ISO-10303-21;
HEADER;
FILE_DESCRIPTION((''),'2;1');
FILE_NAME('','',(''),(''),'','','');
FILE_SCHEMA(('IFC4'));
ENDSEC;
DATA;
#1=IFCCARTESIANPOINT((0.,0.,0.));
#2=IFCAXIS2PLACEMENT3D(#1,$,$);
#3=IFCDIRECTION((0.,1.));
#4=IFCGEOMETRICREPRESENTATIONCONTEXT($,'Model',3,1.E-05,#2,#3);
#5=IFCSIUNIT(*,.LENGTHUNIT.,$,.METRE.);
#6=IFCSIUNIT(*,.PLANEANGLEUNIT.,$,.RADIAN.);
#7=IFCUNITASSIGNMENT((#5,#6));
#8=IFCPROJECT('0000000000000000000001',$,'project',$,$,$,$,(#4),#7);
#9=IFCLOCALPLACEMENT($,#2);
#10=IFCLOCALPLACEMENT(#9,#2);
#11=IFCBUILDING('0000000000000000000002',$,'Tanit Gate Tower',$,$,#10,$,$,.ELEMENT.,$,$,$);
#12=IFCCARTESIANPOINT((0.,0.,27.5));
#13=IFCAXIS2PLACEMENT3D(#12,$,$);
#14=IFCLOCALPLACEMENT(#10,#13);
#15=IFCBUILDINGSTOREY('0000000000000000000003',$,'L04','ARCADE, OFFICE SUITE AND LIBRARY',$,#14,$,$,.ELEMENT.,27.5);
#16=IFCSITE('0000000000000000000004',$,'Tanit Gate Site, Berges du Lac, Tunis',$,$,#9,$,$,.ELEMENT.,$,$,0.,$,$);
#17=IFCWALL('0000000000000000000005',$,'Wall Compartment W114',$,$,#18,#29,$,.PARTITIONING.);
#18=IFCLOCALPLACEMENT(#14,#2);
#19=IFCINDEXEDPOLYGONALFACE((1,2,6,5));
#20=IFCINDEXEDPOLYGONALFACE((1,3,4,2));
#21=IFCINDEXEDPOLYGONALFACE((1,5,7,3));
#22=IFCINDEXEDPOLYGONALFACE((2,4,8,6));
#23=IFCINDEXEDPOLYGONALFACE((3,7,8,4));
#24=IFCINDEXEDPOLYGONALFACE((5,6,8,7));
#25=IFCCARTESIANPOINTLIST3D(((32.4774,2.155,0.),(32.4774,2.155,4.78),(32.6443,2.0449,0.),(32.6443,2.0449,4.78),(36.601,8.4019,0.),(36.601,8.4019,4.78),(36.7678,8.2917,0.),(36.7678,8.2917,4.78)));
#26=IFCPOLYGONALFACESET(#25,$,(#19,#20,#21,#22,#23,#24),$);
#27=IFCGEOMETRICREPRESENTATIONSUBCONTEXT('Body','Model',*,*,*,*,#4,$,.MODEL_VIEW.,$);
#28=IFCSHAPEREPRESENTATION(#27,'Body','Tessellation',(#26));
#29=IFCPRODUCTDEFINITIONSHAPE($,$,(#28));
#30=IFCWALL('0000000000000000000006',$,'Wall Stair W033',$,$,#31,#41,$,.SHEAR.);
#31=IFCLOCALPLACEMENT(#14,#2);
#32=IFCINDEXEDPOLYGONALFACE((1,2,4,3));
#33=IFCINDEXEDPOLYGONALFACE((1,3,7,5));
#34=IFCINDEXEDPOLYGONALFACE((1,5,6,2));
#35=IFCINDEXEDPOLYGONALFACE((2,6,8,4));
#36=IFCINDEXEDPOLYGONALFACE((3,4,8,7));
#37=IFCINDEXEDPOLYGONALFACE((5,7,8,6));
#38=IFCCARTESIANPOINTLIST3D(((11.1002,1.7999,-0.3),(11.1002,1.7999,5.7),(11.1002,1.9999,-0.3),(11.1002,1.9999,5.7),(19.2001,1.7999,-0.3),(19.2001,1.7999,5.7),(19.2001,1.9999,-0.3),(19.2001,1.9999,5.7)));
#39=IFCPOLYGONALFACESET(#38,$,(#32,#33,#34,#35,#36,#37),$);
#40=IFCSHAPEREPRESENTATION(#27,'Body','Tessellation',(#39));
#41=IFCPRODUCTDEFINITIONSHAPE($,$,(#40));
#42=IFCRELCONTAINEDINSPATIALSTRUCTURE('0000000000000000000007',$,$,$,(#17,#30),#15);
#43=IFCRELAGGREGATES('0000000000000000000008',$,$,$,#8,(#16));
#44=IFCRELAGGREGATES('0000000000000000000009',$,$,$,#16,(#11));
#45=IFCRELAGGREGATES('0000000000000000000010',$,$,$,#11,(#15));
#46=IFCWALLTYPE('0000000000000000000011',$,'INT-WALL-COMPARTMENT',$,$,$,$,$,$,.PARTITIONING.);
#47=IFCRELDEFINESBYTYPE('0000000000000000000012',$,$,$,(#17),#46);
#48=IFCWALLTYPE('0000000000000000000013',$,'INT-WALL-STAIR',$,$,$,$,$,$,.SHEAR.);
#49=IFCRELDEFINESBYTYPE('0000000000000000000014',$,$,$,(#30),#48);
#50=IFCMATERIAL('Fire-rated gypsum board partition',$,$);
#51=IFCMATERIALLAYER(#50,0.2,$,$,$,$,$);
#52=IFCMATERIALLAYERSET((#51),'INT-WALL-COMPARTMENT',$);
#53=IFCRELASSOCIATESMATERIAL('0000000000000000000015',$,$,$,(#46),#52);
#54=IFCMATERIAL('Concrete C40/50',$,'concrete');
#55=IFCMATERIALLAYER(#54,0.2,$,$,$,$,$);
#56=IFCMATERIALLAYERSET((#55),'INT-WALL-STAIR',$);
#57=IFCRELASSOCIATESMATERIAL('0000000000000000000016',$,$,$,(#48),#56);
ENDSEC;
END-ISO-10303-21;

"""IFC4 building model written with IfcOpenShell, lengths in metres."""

from ifc_helpers import new_model, si_unit, direction, frame, frame_2d, origin, place, context, subcontext, project, spatial, rectangle, extrude, material, layer, layer_set, type_object, element, save


model = new_model("IFC4")

# Units and contexts
model_context = context("Model", 3, precision=1e-05, world=origin(), true_north=direction((0.0, 1.0)))
body_context = subcontext(model_context, "Body", "Model", "MODEL_VIEW")
ifc_project = project(units=[si_unit("LENGTHUNIT", "METRE"), si_unit("PLANEANGLEUNIT", "RADIAN")], contexts=[model_context])

# Site, building, storey
site_placement = place(None, origin())
site = spatial("IfcSite", under=ifc_project, at=site_placement, Name="Tanit Gate Site, Berges du Lac, Tunis", CompositionType="ELEMENT", RefElevation=0.0)
building_placement = place(site_placement, origin())
building = spatial("IfcBuilding", under=site, at=building_placement, Name="Tanit Gate Tower", CompositionType="ELEMENT")
storey_placement = place(building_placement, frame((0.0, 0.0, 27.5)))
storey = spatial("IfcBuildingStorey", under=building, at=storey_placement, Name="L04", Description="ARCADE, OFFICE SUITE AND LIBRARY", CompositionType="ELEMENT", Elevation=27.5)

# Shared definitions
ifc_material_1 = material(Name="Fire-rated gypsum board partition")
ifc_layer_1 = layer(ifc_material_1, 0.2)
ifc_layer_set_1 = layer_set([ifc_layer_1], Name="INT-WALL-COMPARTMENT")
wall_type_1 = type_object("IfcWallType", Name="INT-WALL-COMPARTMENT", PredefinedType="PARTITIONING", material=ifc_layer_set_1)

# Walls
wall_1_placement = place(storey_placement, frame((32.5608, 2.0999, 0.0), z_axis=(0.0, 0.0, 1.0), x_axis=(0.550901, 0.834571, 0.0)))
element("IfcWall", 1, at=wall_1_placement, inside=storey, type_object=wall_type_1, Name="Wall Compartment W114", PredefinedType="PARTITIONING", context=body_context, shape_type="SweptSolid", body=[
    extrude(rectangle(XDim=7.4851, YDim=0.2, at=frame_2d((3.7427, 0.0))), origin(), (0.0, 0.0, 1.0), 4.78),
])
ifc_material_2 = material(Name="Concrete C40/50", Category="concrete")
ifc_layer_2 = layer(ifc_material_2, 0.2)
ifc_layer_set_2 = layer_set([ifc_layer_2], Name="INT-WALL-STAIR")
wall_type_2 = type_object("IfcWallType", Name="INT-WALL-STAIR", PredefinedType="SHEAR", material=ifc_layer_set_2)
wall_2_placement = place(storey_placement, frame((19.2, 1.8999, -0.3), z_axis=(0.0, 0.0, 1.0), x_axis=(-1.0, 0.0, 0.0)))
element("IfcWall", 2, at=wall_2_placement, inside=storey, type_object=wall_type_2, Name="Wall Stair W033", PredefinedType="SHEAR", context=body_context, shape_type="SweptSolid", body=[
    extrude(rectangle(XDim=8.0999, YDim=0.2, at=frame_2d((4.0498, 0.0))), origin(), (0.0, 0.0, 1.0), 6.0),
])

save(model, "model.ifc")
